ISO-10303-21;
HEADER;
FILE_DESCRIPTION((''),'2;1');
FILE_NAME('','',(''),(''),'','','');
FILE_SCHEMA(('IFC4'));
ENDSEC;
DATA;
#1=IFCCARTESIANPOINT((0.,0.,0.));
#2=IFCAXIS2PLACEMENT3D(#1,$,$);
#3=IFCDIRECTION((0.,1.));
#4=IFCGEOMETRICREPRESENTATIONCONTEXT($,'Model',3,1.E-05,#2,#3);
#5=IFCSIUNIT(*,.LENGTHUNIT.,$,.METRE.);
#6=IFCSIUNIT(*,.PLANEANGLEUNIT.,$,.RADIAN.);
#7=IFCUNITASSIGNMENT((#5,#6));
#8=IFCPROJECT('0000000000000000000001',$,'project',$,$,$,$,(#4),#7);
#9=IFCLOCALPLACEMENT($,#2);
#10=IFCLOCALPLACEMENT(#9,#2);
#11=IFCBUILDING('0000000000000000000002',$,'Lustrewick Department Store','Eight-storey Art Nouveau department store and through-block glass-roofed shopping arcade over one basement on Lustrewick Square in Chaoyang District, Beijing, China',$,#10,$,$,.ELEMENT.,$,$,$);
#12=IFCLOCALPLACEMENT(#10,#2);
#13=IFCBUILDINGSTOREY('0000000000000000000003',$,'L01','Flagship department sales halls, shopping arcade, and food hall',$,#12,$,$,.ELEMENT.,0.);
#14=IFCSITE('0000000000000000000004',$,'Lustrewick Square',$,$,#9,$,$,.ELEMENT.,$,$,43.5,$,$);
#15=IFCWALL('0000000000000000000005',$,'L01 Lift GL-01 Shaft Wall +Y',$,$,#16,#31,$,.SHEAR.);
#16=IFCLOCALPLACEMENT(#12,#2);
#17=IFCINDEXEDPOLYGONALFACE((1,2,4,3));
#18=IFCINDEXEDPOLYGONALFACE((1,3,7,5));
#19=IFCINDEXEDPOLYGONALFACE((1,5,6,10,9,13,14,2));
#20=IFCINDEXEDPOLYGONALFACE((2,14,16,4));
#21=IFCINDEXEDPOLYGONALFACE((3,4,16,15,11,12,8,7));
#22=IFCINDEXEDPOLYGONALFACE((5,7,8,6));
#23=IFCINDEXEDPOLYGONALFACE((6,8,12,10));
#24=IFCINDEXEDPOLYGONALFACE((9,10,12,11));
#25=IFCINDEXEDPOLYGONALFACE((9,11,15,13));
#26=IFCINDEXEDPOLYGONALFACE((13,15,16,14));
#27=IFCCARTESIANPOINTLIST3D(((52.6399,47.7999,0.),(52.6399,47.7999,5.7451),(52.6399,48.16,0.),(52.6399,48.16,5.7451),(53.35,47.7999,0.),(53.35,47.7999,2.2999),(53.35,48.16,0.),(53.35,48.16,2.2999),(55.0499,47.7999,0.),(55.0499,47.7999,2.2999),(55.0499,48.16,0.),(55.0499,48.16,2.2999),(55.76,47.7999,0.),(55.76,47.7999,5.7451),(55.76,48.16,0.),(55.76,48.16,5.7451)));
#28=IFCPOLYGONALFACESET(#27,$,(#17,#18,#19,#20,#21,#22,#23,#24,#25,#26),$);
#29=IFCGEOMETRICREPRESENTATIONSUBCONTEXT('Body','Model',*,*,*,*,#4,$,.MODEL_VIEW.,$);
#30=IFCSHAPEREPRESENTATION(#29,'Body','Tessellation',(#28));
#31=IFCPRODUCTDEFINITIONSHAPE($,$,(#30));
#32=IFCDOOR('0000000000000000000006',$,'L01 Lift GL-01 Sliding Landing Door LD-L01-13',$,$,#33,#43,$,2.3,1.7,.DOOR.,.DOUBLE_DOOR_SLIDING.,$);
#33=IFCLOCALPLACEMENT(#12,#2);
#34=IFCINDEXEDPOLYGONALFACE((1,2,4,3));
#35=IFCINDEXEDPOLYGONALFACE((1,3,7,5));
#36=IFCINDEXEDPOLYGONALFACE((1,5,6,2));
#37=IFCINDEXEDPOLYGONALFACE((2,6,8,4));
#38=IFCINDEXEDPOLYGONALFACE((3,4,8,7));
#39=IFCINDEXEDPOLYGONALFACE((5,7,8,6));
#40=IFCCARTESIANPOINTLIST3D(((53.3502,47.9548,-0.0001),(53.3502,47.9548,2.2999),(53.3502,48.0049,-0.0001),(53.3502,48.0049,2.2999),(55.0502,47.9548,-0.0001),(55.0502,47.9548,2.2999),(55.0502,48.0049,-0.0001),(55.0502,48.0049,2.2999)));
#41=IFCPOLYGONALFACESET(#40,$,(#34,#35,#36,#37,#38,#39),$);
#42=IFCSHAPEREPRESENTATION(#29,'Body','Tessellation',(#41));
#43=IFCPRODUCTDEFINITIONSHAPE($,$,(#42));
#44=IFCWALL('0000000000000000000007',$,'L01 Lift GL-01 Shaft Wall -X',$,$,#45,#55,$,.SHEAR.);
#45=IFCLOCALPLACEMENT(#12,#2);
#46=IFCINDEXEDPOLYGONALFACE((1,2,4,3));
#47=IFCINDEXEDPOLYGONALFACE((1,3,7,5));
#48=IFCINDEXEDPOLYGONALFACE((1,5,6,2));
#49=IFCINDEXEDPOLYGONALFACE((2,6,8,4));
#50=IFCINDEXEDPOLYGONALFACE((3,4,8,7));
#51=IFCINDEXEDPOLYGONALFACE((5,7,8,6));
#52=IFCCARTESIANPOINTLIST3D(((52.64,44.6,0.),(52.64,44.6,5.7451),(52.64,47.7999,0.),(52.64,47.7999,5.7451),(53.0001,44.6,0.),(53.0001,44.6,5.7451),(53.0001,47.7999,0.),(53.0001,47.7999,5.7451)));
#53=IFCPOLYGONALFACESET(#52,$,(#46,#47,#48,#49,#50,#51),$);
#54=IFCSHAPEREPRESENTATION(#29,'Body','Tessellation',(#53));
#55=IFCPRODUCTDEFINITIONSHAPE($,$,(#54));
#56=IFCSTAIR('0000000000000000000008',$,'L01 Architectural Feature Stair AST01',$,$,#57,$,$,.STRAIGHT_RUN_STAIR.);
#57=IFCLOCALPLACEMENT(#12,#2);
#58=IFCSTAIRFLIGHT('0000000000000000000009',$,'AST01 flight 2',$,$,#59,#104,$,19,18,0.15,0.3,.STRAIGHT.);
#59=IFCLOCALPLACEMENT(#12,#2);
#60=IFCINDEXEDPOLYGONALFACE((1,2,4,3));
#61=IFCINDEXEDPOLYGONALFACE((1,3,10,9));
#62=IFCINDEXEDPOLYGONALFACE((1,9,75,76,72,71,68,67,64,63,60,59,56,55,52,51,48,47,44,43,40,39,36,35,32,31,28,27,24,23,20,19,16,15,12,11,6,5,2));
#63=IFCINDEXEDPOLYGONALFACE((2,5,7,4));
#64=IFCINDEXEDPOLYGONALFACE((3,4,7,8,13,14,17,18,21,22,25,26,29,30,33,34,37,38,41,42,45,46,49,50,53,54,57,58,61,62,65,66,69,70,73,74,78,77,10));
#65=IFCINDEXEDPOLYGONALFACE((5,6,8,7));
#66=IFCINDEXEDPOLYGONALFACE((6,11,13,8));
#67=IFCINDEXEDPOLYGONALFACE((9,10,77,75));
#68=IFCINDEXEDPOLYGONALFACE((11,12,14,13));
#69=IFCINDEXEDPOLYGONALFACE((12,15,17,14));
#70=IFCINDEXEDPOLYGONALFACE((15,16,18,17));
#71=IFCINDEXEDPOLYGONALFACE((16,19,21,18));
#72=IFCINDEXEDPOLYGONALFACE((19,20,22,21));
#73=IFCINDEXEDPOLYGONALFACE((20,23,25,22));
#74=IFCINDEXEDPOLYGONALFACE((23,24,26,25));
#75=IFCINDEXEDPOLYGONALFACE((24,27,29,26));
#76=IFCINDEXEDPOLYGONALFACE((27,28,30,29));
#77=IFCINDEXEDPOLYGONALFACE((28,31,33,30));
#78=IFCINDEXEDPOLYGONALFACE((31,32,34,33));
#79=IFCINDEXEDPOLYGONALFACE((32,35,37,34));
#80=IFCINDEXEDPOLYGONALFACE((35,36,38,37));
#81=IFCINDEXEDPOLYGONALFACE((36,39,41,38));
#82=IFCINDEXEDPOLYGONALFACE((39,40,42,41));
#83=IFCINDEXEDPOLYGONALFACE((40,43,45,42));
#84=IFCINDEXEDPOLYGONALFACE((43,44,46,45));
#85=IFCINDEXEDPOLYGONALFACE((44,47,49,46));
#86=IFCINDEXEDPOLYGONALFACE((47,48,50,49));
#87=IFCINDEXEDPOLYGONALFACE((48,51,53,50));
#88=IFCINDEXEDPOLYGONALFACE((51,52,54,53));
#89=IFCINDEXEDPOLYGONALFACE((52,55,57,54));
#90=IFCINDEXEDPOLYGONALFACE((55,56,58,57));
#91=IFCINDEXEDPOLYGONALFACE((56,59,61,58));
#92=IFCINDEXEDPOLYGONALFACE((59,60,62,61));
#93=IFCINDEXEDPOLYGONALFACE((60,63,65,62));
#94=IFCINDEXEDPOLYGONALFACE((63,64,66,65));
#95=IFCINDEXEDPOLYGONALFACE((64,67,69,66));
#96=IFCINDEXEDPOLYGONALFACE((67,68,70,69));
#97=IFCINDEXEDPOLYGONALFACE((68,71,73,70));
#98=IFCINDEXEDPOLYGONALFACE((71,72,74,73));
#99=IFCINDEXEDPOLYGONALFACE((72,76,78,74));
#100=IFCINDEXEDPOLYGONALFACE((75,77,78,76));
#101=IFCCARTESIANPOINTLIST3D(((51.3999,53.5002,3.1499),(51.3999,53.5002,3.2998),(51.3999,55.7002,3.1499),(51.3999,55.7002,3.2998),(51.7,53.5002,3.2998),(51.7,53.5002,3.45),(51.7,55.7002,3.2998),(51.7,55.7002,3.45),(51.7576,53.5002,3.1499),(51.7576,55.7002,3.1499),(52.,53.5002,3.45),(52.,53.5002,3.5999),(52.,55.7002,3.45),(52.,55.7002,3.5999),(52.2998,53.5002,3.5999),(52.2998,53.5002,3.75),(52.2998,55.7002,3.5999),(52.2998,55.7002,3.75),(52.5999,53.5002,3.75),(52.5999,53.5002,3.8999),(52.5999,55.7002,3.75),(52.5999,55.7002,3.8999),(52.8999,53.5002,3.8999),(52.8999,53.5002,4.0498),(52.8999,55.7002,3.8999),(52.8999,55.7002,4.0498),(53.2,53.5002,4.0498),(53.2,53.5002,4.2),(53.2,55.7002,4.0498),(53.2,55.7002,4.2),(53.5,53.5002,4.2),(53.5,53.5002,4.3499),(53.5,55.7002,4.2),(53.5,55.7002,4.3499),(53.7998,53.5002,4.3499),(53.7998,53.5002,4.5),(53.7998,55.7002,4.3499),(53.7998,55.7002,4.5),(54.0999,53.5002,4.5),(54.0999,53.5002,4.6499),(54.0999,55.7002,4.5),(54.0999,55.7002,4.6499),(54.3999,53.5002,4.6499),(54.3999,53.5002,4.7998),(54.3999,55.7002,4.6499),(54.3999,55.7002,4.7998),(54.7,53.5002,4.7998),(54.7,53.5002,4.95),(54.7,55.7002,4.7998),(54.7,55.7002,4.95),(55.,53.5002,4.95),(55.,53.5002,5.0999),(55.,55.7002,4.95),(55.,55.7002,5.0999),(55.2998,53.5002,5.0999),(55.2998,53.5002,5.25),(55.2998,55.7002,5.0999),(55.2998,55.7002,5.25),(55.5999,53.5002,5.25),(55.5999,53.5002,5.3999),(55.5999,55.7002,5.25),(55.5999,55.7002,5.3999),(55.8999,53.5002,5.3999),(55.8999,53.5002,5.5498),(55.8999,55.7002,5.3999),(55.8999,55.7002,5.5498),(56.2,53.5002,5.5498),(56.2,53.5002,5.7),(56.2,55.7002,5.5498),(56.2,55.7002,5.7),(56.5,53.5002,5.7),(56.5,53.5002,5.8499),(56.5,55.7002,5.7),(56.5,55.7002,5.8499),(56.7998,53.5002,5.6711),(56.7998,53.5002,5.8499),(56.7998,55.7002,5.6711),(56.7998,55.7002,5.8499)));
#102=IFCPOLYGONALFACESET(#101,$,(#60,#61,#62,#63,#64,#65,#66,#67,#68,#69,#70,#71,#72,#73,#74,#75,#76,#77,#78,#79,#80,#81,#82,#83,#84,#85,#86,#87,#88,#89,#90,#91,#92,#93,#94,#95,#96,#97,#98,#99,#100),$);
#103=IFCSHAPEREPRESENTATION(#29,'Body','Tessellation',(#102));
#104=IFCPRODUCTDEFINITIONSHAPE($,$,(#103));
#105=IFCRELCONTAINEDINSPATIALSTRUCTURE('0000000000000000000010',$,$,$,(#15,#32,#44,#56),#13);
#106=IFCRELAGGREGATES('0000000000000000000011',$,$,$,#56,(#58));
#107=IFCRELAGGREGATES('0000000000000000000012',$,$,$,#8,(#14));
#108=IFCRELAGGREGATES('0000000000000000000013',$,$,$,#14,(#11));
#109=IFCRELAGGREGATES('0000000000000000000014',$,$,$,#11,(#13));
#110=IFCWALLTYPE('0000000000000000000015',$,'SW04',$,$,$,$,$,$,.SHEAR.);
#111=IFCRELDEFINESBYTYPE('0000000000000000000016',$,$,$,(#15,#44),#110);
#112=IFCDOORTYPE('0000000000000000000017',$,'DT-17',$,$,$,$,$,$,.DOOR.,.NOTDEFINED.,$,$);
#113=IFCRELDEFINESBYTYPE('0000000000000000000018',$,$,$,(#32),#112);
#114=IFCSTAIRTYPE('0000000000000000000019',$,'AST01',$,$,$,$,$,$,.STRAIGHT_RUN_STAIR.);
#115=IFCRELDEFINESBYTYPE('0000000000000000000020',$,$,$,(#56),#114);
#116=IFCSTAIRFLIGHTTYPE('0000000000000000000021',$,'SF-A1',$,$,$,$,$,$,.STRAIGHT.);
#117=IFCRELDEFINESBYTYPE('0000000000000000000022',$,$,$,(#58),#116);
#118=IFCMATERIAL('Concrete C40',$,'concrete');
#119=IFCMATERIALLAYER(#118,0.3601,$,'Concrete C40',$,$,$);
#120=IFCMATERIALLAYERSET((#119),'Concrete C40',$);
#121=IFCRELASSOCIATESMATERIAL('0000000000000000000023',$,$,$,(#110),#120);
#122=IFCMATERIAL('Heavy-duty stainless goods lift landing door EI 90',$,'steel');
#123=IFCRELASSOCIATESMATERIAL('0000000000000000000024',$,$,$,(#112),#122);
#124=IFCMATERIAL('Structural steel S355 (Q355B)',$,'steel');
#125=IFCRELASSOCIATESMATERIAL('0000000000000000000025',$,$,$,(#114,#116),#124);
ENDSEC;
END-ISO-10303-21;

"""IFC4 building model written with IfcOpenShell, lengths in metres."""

from ifc_helpers import new_model, si_unit, direction, frame, frame_2d, origin, place, context, subcontext, project, spatial, polyline, rectangle, outline, extrude, material, layer, layer_set, type_object, element, fill, aggregate, save


model = new_model("IFC4")

# Units and contexts
model_context = context("Model", 3, precision=1e-05, world=origin(), true_north=direction((0.0, 1.0)))
body_context = subcontext(model_context, "Body", "Model", "MODEL_VIEW")
ifc_project = project(units=[si_unit("LENGTHUNIT", "METRE"), si_unit("PLANEANGLEUNIT", "RADIAN")], contexts=[model_context])

# Site, building, storey
site_placement = place(None, origin())
site = spatial("IfcSite", under=ifc_project, at=site_placement, Name="Lustrewick Square", CompositionType="ELEMENT", RefElevation=43.5)
building_placement = place(site_placement, origin())
building = spatial("IfcBuilding", under=site, at=building_placement, Name="Lustrewick Department Store", Description="Eight-storey Art Nouveau department store and through-block glass-roofed shopping arcade over one basement on Lustrewick Square in Chaoyang District, Beijing, China", CompositionType="ELEMENT")
storey_placement = place(building_placement, origin())
storey = spatial("IfcBuildingStorey", under=building, at=storey_placement, Name="L01", Description="Flagship department sales halls, shopping arcade, and food hall", CompositionType="ELEMENT", Elevation=0.0)

# Shared definitions
ifc_material_1 = material(Name="Concrete C40", Category="concrete")

# Wall, opening, door
ifc_layer_1 = layer(ifc_material_1, 0.3601, Name="Concrete C40")
ifc_layer_set_1 = layer_set([ifc_layer_1], Name="Concrete C40")
wall_type_1 = type_object("IfcWallType", Name="SW04", PredefinedType="SHEAR", material=ifc_layer_set_1)
wall_1_placement = place(storey_placement, frame((55.76, 47.98, 0.0), z_axis=(0.0, 0.0, 1.0), x_axis=(-1.0, 0.0, 0.0)))
wall_1 = element("IfcWall", 1, at=wall_1_placement, inside=storey, type_object=wall_type_1, Name="L01 Lift GL-01 Shaft Wall +Y", PredefinedType="SHEAR", context=body_context, shape_type="SweptSolid", body=[
    extrude(rectangle(XDim=3.1201, YDim=0.3601, at=frame_2d((1.5601, 0.0))), origin(), (0.0, 0.0, 1.0), 5.7451),
])
opening_1_placement = place(wall_1_placement, frame((0.71, 0.0, 0.0)))
opening_1 = element("IfcOpeningElement", 2, at=opening_1_placement, cuts=wall_1, PredefinedType="OPENING", context=body_context, shape_type="SweptSolid", body=[
    extrude(rectangle(XDim=1.7, YDim=2.3, at=frame_2d((0.8501, 1.1499))), frame((0.0, 0.1899, 0.0), z_axis=(0.0, -1.0, 0.0), x_axis=(1.0, 0.0, 0.0)), (0.0, 0.0, 1.0), 0.3801),
])
ifc_material_2 = material(Name="Heavy-duty stainless goods lift landing door EI 90", Category="steel")
door_type = type_object("IfcDoorType", Name="DT-17", OperationType="NOTDEFINED", PredefinedType="DOOR", material=ifc_material_2)
door_placement = place(opening_1_placement, frame((1.7, 0.0, 0.0), z_axis=(0.0, 0.0, 1.0), x_axis=(-1.0, 0.0, 0.0)))
door = element("IfcDoor", 3, at=door_placement, inside=storey, type_object=door_type, Name="L01 Lift GL-01 Sliding Landing Door LD-L01-13", OperationType="DOUBLE_DOOR_SLIDING", OverallHeight=2.3, OverallWidth=1.7, PredefinedType="DOOR", context=body_context, shape_type="SweptSolid", body=[
    extrude(rectangle(XDim=1.7, YDim=2.3, at=frame_2d((0.8501, 1.1499))), frame((0.0, 0.0249, 0.0), z_axis=(0.0, -1.0, 0.0), x_axis=(1.0, 0.0, 0.0)), (0.0, 0.0, 1.0), 0.05),
])
fill(opening_1, door)

# Wall
wall_2_placement = place(storey_placement, frame((52.8201, 47.8, 0.0), z_axis=(0.0, 0.0, 1.0), x_axis=(0.0, -1.0, 0.0)))
element("IfcWall", 4, at=wall_2_placement, inside=storey, type_object=wall_type_1, Name="L01 Lift GL-01 Shaft Wall -X", PredefinedType="SHEAR", context=body_context, shape_type="SweptSolid", body=[
    extrude(rectangle(XDim=3.2, YDim=0.3601, at=frame_2d((1.6001, 0.0))), origin(), (0.0, 0.0, 1.0), 5.7451),
])

# Stair, stair flight
ifc_material_3 = material(Name="Structural steel S355 (Q355B)", Category="steel")
stair_type = type_object("IfcStairType", Name="AST01", PredefinedType="STRAIGHT_RUN_STAIR", material=ifc_material_3)
stair_placement = place(storey_placement, origin())
stair = element("IfcStair", 5, at=stair_placement, inside=storey, type_object=stair_type, Name="L01 Architectural Feature Stair AST01", PredefinedType="STRAIGHT_RUN_STAIR")
stair_flight_type = type_object("IfcStairFlightType", Name="SF-A1", PredefinedType="STRAIGHT", material=ifc_material_3)
stair_flight_placement = place(storey_placement, frame((51.3999, 54.6001, 3.1499), z_axis=(0.0, 0.0, 1.0), x_axis=(1.0, 0.0, 0.0)))
stair_flight = element("IfcStairFlight", 6, at=stair_flight_placement, type_object=stair_flight_type, Name="AST01 flight 2", NumberOfRisers=19, NumberOfTreads=18, PredefinedType="STRAIGHT", RiserHeight=0.15, TreadLength=0.3, context=body_context, shape_type="SweptSolid", body=[
    extrude(outline(polyline([(0.0, 0.0), (0.0, 0.1499), (0.3, 0.1499), (0.3, 0.3), (0.6001, 0.3), (0.6001, 0.45), (0.8999, 0.45), (0.8999, 0.6001), (1.2, 0.6001), (1.2, 0.75), (1.5, 0.75), (1.5, 0.8999), (1.8, 0.8999), (1.8, 1.05), (2.1001, 1.05), (2.1001, 1.2), (2.3999, 1.2), (2.3999, 1.3501), (2.7, 1.3501), (2.7, 1.5), (3.0, 1.5), (3.0, 1.6499), (3.3, 1.6499), (3.3, 1.8), (3.6001, 1.8), (3.6001, 1.95), (3.8999, 1.95), (3.8999, 2.1001), (4.2, 2.1001), (4.2, 2.25), (4.5, 2.25), (4.5, 2.3999), (4.8, 2.3999), (4.8, 2.55), (5.1001, 2.55), (5.1001, 2.7), (5.3999, 2.7), (5.3999, 2.8501), (5.3999, 2.5212), (0.3577, 0.0), (0.0, 0.0)])), frame((0.0, 1.1001, 0.0), z_axis=(0.0, -1.0, 0.0), x_axis=(1.0, 0.0, 0.0)), (0.0, 0.0, 1.0), 2.2),
])
aggregate(stair, [stair_flight])

save(model, "model.ifc")
